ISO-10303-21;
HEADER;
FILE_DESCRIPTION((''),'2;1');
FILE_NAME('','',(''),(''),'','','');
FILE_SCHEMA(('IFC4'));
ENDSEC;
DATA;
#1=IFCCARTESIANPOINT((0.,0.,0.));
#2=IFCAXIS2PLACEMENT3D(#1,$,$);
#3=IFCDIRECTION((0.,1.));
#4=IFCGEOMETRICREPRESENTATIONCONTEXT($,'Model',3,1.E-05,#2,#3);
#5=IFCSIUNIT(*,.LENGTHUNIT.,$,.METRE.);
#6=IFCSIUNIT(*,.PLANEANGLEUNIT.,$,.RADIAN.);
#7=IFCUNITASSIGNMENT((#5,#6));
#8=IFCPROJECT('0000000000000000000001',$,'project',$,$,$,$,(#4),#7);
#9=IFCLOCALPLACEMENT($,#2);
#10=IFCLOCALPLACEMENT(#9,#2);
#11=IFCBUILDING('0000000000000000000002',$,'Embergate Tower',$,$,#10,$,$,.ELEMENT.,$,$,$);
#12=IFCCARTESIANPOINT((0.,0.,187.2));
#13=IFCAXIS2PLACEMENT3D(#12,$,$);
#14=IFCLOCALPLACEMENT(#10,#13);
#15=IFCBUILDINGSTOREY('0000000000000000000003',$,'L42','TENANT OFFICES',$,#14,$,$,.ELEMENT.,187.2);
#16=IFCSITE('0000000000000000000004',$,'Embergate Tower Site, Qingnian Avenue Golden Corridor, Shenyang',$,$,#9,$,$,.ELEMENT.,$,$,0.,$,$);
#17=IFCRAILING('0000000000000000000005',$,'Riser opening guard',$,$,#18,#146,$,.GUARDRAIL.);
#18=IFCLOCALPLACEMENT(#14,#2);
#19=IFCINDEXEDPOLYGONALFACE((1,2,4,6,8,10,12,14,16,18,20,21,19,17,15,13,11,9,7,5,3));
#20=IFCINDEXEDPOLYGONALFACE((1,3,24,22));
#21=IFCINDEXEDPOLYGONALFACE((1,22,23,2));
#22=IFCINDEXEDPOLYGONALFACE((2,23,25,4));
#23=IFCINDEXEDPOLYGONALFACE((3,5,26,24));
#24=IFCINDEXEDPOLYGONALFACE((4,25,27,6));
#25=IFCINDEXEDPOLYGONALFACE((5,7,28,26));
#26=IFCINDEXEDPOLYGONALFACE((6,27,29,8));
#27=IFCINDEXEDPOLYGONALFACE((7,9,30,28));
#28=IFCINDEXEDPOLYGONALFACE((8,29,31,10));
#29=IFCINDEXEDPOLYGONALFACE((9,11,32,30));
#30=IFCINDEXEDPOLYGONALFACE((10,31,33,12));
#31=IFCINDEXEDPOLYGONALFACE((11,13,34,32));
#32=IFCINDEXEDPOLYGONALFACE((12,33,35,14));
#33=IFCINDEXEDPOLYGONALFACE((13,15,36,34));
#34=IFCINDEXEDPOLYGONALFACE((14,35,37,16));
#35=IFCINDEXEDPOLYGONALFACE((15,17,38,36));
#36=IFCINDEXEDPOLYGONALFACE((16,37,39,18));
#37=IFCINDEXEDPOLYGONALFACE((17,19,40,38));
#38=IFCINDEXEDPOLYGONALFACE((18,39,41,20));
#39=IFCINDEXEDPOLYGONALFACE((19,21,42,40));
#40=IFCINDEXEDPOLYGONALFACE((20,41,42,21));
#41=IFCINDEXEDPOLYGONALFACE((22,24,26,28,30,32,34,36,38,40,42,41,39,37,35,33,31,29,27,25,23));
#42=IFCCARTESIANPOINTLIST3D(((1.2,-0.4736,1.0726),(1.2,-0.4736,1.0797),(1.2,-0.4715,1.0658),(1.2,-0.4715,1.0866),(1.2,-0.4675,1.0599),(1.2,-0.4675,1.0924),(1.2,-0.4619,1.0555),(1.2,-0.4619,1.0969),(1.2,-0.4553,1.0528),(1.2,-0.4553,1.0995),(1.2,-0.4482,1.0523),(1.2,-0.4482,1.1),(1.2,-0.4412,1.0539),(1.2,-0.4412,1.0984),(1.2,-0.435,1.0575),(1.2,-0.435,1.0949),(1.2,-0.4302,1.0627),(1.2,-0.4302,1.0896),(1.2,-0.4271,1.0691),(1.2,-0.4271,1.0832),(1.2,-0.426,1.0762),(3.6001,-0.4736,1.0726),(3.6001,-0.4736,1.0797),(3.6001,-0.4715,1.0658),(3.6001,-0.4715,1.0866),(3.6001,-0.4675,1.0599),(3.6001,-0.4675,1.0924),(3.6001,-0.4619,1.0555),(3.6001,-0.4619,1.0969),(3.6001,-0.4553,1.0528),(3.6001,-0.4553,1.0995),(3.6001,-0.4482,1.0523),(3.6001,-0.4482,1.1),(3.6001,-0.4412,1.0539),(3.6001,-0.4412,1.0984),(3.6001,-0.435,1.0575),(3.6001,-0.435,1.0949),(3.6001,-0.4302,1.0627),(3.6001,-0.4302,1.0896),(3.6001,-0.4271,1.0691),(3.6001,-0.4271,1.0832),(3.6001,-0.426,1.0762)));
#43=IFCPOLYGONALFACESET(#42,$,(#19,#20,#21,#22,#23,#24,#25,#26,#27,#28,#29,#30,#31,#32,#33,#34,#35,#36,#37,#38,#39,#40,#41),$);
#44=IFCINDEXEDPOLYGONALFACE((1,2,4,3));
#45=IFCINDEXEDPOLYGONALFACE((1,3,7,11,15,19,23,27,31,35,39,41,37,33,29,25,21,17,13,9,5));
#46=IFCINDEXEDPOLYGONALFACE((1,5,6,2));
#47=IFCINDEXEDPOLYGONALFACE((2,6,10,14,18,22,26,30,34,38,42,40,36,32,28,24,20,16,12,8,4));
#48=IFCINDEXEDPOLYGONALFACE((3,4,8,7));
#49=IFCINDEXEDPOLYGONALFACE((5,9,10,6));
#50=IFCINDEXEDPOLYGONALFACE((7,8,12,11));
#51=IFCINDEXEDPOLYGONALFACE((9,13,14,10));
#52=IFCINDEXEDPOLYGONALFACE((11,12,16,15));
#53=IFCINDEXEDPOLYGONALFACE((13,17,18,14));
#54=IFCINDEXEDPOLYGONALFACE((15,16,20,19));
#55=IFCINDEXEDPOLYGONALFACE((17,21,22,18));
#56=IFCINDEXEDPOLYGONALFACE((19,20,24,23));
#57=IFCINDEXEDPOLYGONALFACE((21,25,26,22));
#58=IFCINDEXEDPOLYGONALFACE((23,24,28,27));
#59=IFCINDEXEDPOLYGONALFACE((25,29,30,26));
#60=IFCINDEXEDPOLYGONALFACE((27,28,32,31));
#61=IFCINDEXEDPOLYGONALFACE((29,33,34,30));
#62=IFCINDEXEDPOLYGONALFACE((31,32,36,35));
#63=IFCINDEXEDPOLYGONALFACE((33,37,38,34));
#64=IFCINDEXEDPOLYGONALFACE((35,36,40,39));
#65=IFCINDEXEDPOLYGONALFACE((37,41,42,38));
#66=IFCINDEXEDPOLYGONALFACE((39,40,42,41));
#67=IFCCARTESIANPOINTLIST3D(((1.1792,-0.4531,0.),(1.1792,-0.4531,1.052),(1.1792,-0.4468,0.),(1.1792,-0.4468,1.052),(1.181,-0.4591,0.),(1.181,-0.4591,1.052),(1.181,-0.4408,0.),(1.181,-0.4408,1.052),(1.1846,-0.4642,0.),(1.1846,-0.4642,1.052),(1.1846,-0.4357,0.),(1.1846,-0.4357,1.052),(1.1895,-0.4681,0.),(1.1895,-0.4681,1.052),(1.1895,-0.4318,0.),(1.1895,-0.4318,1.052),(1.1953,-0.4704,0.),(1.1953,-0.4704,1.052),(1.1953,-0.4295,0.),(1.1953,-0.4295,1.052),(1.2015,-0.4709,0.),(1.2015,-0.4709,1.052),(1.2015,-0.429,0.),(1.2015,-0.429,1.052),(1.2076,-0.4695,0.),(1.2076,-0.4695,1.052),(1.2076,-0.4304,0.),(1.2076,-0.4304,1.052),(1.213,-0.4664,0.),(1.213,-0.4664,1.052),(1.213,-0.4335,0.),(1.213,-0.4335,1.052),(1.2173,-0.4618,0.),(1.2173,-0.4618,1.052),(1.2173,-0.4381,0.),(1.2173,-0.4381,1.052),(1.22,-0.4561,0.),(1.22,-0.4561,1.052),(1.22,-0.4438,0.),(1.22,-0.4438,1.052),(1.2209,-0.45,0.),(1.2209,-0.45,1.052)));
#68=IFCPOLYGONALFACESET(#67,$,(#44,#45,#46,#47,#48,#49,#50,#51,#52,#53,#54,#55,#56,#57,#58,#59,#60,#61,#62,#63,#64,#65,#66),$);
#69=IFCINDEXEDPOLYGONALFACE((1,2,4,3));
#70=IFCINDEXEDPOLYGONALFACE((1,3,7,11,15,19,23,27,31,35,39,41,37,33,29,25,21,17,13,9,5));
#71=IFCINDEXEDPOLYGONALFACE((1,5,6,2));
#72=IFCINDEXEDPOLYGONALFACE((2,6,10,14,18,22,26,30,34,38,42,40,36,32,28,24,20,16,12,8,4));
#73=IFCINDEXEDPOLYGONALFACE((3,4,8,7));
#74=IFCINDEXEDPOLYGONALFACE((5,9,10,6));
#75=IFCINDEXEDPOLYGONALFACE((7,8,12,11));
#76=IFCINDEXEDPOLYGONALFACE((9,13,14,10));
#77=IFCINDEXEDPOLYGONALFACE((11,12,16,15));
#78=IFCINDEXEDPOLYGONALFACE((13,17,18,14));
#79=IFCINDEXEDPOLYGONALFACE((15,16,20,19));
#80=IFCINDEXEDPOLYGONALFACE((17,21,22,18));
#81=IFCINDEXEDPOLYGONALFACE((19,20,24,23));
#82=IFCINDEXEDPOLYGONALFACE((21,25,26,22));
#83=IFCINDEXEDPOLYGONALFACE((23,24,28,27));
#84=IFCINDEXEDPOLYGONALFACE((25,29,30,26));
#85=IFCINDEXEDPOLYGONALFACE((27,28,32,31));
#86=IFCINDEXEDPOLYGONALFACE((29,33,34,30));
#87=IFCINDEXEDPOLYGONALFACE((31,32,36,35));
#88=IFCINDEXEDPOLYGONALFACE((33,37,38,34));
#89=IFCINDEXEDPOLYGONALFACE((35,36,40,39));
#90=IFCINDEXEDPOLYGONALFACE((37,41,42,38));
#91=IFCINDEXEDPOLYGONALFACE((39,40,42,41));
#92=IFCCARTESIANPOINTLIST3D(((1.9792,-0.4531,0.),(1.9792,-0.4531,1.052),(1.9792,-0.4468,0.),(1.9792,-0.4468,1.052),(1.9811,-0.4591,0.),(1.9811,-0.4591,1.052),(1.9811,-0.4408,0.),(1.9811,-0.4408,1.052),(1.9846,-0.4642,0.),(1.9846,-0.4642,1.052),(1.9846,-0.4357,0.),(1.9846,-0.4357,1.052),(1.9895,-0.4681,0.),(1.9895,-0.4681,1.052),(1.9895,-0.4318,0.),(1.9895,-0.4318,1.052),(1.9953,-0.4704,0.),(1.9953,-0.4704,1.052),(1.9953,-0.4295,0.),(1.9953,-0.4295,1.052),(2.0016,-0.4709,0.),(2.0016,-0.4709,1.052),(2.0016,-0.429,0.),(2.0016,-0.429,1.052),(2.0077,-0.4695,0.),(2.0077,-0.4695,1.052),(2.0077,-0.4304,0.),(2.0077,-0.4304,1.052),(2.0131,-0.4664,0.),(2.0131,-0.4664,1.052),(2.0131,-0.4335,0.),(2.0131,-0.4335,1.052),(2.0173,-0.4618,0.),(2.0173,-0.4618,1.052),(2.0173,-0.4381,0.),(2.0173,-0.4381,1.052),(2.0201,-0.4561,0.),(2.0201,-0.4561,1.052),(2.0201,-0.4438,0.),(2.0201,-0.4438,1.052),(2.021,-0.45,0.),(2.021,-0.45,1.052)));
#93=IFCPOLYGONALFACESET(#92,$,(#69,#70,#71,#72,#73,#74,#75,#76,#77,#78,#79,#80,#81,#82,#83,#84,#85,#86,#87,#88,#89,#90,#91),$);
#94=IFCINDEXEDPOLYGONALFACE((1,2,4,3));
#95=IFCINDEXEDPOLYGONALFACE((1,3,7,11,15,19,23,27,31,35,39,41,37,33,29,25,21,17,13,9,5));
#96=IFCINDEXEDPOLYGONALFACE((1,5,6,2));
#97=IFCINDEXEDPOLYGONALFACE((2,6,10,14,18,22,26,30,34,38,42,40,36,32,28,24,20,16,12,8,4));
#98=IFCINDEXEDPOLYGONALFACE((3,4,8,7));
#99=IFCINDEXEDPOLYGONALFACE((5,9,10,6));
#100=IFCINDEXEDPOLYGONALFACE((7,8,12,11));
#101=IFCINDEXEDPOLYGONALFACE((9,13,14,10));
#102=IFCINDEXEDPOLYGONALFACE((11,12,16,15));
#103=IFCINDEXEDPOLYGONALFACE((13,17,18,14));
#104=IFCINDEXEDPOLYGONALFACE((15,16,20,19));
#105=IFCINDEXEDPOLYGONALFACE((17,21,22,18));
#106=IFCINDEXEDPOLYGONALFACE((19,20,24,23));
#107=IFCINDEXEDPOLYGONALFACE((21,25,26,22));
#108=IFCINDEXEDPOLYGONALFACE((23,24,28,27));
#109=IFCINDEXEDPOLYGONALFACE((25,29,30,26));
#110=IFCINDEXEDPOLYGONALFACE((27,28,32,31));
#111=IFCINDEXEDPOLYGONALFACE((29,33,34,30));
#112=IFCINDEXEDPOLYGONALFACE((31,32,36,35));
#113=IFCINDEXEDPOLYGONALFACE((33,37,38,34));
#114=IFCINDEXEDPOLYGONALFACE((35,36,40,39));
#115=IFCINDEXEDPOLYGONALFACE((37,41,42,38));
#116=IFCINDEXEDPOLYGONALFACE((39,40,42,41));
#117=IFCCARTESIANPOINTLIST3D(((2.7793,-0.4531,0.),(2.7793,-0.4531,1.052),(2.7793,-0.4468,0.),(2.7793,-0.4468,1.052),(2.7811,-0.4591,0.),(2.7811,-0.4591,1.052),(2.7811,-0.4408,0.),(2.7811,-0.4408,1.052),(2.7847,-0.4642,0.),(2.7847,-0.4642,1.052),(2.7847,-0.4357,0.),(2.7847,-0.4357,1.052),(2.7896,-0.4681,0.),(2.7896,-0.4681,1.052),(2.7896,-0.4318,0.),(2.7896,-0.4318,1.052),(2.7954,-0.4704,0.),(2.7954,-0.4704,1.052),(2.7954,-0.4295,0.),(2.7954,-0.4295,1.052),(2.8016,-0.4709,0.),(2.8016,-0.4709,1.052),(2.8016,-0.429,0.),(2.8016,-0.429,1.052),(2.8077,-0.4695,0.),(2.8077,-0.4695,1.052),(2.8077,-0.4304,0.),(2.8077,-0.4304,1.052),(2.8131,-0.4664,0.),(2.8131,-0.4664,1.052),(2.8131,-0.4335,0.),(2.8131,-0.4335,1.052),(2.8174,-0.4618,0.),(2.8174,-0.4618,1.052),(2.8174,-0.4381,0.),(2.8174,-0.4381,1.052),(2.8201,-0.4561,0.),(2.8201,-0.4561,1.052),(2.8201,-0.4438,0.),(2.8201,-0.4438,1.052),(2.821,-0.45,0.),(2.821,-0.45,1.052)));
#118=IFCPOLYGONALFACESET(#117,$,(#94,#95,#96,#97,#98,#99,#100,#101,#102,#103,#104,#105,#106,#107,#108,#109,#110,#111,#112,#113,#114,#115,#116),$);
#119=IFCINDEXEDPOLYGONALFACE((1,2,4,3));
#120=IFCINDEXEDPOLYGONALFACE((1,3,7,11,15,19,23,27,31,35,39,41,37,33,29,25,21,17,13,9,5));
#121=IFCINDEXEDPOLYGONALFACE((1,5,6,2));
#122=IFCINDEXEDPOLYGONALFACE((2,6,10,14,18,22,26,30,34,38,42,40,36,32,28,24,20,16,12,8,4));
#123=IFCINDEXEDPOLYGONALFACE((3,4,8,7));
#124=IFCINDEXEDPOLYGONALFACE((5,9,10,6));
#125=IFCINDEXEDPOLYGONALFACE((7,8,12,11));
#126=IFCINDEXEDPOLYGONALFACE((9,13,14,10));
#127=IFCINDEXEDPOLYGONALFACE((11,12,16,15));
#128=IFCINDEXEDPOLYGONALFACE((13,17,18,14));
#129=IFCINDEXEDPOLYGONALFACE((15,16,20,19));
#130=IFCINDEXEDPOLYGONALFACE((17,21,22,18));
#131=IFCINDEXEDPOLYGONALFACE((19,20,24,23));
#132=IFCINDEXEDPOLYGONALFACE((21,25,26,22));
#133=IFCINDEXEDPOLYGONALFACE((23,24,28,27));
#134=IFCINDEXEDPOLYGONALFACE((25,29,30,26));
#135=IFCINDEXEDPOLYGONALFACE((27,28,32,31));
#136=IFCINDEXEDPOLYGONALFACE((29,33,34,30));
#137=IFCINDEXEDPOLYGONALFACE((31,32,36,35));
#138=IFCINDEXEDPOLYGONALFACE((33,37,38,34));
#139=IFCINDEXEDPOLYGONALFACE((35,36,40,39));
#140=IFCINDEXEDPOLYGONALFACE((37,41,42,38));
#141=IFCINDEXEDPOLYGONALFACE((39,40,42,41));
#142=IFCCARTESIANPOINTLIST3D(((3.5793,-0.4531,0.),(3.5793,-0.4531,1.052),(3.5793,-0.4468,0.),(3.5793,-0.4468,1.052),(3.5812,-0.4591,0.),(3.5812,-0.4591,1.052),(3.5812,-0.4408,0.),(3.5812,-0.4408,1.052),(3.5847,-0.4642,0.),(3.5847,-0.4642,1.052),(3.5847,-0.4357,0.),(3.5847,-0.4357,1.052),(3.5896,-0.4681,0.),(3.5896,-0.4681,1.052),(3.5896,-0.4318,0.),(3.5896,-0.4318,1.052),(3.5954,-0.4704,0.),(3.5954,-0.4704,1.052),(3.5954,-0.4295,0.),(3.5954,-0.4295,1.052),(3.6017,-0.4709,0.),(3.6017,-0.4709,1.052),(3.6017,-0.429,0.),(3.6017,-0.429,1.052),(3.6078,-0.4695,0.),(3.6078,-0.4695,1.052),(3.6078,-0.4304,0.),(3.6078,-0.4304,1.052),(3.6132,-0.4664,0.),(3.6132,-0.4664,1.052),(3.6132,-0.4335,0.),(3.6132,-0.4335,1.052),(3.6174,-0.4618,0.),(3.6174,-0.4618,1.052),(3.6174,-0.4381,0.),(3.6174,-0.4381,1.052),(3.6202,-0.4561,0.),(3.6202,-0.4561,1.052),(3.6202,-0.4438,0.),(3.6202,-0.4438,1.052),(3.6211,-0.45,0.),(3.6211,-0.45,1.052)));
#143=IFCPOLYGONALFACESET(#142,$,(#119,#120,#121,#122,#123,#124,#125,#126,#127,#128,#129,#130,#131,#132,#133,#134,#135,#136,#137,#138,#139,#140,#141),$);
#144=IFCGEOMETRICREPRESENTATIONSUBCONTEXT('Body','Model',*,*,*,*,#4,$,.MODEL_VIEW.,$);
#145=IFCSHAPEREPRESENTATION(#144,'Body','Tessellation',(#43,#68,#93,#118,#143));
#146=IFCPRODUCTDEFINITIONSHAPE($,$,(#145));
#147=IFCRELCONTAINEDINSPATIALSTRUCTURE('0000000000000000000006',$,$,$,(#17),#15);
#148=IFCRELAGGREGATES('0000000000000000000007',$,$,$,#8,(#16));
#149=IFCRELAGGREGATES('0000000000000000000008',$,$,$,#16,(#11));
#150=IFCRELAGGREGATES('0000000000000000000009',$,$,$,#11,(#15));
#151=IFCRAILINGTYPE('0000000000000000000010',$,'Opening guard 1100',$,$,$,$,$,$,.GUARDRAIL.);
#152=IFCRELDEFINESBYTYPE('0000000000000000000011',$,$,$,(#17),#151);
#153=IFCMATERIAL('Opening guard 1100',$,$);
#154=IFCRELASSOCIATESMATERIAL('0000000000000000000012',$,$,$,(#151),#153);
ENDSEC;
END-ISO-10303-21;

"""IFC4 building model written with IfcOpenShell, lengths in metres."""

from ifc_helpers import new_model, si_unit, direction, frame, origin, origin_2d, place, context, subcontext, project, spatial, circle, extrude, source, transform, mapped, material, type_object, element, save


model = new_model("IFC4")

# Units and contexts
model_context = context("Model", 3, precision=1e-05, world=origin(), true_north=direction((0.0, 1.0)))
body_context = subcontext(model_context, "Body", "Model", "MODEL_VIEW")
ifc_project = project(units=[si_unit("LENGTHUNIT", "METRE"), si_unit("PLANEANGLEUNIT", "RADIAN")], contexts=[model_context])

# Site, building, storey
site_placement = place(None, origin())
site = spatial("IfcSite", under=ifc_project, at=site_placement, Name="Embergate Tower Site, Qingnian Avenue Golden Corridor, Shenyang", CompositionType="ELEMENT", RefElevation=0.0)
building_placement = place(site_placement, origin())
building = spatial("IfcBuilding", under=site, at=building_placement, Name="Embergate Tower", CompositionType="ELEMENT")
storey_placement = place(building_placement, frame((0.0, 0.0, 187.2)))
storey = spatial("IfcBuildingStorey", under=building, at=storey_placement, Name="L42", Description="TENANT OFFICES", CompositionType="ELEMENT", Elevation=187.2)

# Railing
ifc_material_1 = material(Name="Opening guard 1100")
railing_type_1 = type_object("IfcRailingType", Name="Opening guard 1100", PredefinedType="GUARDRAIL", material=ifc_material_1)
shared_shape_1 = source(origin(), body_context, "Body", "SweptSolid", [
    extrude(circle(Radius=0.0239, at=origin_2d()), frame((0.0, 0.0, 1.0762), z_axis=(1.0, 0.0, 0.0), x_axis=(0.0, 1.0, 0.0)), (0.0, 0.0, 1.0), 2.4001),
    extrude(circle(Radius=0.021, at=origin_2d()), origin(), (0.0, 0.0, 1.0), 1.052),
    extrude(circle(Radius=0.021, at=origin_2d()), frame((0.8, 0.0, 0.0)), (0.0, 0.0, 1.0), 1.052),
    extrude(circle(Radius=0.021, at=origin_2d()), frame((1.6001, 0.0, 0.0)), (0.0, 0.0, 1.0), 1.052),
    extrude(circle(Radius=0.021, at=origin_2d()), frame((2.4001, 0.0, 0.0)), (0.0, 0.0, 1.0), 1.052),
])
railing_1_placement = place(storey_placement, frame((1.2, -0.45, 0.0)))
element("IfcRailing", 1, at=railing_1_placement, inside=storey, type_object=railing_type_1, Name="Riser opening guard", PredefinedType="GUARDRAIL", context=body_context, shape_type="MappedRepresentation", body=[
    mapped(shared_shape_1, transform((0.0, 0.0, 0.0))),
])

save(model, "model.ifc")
